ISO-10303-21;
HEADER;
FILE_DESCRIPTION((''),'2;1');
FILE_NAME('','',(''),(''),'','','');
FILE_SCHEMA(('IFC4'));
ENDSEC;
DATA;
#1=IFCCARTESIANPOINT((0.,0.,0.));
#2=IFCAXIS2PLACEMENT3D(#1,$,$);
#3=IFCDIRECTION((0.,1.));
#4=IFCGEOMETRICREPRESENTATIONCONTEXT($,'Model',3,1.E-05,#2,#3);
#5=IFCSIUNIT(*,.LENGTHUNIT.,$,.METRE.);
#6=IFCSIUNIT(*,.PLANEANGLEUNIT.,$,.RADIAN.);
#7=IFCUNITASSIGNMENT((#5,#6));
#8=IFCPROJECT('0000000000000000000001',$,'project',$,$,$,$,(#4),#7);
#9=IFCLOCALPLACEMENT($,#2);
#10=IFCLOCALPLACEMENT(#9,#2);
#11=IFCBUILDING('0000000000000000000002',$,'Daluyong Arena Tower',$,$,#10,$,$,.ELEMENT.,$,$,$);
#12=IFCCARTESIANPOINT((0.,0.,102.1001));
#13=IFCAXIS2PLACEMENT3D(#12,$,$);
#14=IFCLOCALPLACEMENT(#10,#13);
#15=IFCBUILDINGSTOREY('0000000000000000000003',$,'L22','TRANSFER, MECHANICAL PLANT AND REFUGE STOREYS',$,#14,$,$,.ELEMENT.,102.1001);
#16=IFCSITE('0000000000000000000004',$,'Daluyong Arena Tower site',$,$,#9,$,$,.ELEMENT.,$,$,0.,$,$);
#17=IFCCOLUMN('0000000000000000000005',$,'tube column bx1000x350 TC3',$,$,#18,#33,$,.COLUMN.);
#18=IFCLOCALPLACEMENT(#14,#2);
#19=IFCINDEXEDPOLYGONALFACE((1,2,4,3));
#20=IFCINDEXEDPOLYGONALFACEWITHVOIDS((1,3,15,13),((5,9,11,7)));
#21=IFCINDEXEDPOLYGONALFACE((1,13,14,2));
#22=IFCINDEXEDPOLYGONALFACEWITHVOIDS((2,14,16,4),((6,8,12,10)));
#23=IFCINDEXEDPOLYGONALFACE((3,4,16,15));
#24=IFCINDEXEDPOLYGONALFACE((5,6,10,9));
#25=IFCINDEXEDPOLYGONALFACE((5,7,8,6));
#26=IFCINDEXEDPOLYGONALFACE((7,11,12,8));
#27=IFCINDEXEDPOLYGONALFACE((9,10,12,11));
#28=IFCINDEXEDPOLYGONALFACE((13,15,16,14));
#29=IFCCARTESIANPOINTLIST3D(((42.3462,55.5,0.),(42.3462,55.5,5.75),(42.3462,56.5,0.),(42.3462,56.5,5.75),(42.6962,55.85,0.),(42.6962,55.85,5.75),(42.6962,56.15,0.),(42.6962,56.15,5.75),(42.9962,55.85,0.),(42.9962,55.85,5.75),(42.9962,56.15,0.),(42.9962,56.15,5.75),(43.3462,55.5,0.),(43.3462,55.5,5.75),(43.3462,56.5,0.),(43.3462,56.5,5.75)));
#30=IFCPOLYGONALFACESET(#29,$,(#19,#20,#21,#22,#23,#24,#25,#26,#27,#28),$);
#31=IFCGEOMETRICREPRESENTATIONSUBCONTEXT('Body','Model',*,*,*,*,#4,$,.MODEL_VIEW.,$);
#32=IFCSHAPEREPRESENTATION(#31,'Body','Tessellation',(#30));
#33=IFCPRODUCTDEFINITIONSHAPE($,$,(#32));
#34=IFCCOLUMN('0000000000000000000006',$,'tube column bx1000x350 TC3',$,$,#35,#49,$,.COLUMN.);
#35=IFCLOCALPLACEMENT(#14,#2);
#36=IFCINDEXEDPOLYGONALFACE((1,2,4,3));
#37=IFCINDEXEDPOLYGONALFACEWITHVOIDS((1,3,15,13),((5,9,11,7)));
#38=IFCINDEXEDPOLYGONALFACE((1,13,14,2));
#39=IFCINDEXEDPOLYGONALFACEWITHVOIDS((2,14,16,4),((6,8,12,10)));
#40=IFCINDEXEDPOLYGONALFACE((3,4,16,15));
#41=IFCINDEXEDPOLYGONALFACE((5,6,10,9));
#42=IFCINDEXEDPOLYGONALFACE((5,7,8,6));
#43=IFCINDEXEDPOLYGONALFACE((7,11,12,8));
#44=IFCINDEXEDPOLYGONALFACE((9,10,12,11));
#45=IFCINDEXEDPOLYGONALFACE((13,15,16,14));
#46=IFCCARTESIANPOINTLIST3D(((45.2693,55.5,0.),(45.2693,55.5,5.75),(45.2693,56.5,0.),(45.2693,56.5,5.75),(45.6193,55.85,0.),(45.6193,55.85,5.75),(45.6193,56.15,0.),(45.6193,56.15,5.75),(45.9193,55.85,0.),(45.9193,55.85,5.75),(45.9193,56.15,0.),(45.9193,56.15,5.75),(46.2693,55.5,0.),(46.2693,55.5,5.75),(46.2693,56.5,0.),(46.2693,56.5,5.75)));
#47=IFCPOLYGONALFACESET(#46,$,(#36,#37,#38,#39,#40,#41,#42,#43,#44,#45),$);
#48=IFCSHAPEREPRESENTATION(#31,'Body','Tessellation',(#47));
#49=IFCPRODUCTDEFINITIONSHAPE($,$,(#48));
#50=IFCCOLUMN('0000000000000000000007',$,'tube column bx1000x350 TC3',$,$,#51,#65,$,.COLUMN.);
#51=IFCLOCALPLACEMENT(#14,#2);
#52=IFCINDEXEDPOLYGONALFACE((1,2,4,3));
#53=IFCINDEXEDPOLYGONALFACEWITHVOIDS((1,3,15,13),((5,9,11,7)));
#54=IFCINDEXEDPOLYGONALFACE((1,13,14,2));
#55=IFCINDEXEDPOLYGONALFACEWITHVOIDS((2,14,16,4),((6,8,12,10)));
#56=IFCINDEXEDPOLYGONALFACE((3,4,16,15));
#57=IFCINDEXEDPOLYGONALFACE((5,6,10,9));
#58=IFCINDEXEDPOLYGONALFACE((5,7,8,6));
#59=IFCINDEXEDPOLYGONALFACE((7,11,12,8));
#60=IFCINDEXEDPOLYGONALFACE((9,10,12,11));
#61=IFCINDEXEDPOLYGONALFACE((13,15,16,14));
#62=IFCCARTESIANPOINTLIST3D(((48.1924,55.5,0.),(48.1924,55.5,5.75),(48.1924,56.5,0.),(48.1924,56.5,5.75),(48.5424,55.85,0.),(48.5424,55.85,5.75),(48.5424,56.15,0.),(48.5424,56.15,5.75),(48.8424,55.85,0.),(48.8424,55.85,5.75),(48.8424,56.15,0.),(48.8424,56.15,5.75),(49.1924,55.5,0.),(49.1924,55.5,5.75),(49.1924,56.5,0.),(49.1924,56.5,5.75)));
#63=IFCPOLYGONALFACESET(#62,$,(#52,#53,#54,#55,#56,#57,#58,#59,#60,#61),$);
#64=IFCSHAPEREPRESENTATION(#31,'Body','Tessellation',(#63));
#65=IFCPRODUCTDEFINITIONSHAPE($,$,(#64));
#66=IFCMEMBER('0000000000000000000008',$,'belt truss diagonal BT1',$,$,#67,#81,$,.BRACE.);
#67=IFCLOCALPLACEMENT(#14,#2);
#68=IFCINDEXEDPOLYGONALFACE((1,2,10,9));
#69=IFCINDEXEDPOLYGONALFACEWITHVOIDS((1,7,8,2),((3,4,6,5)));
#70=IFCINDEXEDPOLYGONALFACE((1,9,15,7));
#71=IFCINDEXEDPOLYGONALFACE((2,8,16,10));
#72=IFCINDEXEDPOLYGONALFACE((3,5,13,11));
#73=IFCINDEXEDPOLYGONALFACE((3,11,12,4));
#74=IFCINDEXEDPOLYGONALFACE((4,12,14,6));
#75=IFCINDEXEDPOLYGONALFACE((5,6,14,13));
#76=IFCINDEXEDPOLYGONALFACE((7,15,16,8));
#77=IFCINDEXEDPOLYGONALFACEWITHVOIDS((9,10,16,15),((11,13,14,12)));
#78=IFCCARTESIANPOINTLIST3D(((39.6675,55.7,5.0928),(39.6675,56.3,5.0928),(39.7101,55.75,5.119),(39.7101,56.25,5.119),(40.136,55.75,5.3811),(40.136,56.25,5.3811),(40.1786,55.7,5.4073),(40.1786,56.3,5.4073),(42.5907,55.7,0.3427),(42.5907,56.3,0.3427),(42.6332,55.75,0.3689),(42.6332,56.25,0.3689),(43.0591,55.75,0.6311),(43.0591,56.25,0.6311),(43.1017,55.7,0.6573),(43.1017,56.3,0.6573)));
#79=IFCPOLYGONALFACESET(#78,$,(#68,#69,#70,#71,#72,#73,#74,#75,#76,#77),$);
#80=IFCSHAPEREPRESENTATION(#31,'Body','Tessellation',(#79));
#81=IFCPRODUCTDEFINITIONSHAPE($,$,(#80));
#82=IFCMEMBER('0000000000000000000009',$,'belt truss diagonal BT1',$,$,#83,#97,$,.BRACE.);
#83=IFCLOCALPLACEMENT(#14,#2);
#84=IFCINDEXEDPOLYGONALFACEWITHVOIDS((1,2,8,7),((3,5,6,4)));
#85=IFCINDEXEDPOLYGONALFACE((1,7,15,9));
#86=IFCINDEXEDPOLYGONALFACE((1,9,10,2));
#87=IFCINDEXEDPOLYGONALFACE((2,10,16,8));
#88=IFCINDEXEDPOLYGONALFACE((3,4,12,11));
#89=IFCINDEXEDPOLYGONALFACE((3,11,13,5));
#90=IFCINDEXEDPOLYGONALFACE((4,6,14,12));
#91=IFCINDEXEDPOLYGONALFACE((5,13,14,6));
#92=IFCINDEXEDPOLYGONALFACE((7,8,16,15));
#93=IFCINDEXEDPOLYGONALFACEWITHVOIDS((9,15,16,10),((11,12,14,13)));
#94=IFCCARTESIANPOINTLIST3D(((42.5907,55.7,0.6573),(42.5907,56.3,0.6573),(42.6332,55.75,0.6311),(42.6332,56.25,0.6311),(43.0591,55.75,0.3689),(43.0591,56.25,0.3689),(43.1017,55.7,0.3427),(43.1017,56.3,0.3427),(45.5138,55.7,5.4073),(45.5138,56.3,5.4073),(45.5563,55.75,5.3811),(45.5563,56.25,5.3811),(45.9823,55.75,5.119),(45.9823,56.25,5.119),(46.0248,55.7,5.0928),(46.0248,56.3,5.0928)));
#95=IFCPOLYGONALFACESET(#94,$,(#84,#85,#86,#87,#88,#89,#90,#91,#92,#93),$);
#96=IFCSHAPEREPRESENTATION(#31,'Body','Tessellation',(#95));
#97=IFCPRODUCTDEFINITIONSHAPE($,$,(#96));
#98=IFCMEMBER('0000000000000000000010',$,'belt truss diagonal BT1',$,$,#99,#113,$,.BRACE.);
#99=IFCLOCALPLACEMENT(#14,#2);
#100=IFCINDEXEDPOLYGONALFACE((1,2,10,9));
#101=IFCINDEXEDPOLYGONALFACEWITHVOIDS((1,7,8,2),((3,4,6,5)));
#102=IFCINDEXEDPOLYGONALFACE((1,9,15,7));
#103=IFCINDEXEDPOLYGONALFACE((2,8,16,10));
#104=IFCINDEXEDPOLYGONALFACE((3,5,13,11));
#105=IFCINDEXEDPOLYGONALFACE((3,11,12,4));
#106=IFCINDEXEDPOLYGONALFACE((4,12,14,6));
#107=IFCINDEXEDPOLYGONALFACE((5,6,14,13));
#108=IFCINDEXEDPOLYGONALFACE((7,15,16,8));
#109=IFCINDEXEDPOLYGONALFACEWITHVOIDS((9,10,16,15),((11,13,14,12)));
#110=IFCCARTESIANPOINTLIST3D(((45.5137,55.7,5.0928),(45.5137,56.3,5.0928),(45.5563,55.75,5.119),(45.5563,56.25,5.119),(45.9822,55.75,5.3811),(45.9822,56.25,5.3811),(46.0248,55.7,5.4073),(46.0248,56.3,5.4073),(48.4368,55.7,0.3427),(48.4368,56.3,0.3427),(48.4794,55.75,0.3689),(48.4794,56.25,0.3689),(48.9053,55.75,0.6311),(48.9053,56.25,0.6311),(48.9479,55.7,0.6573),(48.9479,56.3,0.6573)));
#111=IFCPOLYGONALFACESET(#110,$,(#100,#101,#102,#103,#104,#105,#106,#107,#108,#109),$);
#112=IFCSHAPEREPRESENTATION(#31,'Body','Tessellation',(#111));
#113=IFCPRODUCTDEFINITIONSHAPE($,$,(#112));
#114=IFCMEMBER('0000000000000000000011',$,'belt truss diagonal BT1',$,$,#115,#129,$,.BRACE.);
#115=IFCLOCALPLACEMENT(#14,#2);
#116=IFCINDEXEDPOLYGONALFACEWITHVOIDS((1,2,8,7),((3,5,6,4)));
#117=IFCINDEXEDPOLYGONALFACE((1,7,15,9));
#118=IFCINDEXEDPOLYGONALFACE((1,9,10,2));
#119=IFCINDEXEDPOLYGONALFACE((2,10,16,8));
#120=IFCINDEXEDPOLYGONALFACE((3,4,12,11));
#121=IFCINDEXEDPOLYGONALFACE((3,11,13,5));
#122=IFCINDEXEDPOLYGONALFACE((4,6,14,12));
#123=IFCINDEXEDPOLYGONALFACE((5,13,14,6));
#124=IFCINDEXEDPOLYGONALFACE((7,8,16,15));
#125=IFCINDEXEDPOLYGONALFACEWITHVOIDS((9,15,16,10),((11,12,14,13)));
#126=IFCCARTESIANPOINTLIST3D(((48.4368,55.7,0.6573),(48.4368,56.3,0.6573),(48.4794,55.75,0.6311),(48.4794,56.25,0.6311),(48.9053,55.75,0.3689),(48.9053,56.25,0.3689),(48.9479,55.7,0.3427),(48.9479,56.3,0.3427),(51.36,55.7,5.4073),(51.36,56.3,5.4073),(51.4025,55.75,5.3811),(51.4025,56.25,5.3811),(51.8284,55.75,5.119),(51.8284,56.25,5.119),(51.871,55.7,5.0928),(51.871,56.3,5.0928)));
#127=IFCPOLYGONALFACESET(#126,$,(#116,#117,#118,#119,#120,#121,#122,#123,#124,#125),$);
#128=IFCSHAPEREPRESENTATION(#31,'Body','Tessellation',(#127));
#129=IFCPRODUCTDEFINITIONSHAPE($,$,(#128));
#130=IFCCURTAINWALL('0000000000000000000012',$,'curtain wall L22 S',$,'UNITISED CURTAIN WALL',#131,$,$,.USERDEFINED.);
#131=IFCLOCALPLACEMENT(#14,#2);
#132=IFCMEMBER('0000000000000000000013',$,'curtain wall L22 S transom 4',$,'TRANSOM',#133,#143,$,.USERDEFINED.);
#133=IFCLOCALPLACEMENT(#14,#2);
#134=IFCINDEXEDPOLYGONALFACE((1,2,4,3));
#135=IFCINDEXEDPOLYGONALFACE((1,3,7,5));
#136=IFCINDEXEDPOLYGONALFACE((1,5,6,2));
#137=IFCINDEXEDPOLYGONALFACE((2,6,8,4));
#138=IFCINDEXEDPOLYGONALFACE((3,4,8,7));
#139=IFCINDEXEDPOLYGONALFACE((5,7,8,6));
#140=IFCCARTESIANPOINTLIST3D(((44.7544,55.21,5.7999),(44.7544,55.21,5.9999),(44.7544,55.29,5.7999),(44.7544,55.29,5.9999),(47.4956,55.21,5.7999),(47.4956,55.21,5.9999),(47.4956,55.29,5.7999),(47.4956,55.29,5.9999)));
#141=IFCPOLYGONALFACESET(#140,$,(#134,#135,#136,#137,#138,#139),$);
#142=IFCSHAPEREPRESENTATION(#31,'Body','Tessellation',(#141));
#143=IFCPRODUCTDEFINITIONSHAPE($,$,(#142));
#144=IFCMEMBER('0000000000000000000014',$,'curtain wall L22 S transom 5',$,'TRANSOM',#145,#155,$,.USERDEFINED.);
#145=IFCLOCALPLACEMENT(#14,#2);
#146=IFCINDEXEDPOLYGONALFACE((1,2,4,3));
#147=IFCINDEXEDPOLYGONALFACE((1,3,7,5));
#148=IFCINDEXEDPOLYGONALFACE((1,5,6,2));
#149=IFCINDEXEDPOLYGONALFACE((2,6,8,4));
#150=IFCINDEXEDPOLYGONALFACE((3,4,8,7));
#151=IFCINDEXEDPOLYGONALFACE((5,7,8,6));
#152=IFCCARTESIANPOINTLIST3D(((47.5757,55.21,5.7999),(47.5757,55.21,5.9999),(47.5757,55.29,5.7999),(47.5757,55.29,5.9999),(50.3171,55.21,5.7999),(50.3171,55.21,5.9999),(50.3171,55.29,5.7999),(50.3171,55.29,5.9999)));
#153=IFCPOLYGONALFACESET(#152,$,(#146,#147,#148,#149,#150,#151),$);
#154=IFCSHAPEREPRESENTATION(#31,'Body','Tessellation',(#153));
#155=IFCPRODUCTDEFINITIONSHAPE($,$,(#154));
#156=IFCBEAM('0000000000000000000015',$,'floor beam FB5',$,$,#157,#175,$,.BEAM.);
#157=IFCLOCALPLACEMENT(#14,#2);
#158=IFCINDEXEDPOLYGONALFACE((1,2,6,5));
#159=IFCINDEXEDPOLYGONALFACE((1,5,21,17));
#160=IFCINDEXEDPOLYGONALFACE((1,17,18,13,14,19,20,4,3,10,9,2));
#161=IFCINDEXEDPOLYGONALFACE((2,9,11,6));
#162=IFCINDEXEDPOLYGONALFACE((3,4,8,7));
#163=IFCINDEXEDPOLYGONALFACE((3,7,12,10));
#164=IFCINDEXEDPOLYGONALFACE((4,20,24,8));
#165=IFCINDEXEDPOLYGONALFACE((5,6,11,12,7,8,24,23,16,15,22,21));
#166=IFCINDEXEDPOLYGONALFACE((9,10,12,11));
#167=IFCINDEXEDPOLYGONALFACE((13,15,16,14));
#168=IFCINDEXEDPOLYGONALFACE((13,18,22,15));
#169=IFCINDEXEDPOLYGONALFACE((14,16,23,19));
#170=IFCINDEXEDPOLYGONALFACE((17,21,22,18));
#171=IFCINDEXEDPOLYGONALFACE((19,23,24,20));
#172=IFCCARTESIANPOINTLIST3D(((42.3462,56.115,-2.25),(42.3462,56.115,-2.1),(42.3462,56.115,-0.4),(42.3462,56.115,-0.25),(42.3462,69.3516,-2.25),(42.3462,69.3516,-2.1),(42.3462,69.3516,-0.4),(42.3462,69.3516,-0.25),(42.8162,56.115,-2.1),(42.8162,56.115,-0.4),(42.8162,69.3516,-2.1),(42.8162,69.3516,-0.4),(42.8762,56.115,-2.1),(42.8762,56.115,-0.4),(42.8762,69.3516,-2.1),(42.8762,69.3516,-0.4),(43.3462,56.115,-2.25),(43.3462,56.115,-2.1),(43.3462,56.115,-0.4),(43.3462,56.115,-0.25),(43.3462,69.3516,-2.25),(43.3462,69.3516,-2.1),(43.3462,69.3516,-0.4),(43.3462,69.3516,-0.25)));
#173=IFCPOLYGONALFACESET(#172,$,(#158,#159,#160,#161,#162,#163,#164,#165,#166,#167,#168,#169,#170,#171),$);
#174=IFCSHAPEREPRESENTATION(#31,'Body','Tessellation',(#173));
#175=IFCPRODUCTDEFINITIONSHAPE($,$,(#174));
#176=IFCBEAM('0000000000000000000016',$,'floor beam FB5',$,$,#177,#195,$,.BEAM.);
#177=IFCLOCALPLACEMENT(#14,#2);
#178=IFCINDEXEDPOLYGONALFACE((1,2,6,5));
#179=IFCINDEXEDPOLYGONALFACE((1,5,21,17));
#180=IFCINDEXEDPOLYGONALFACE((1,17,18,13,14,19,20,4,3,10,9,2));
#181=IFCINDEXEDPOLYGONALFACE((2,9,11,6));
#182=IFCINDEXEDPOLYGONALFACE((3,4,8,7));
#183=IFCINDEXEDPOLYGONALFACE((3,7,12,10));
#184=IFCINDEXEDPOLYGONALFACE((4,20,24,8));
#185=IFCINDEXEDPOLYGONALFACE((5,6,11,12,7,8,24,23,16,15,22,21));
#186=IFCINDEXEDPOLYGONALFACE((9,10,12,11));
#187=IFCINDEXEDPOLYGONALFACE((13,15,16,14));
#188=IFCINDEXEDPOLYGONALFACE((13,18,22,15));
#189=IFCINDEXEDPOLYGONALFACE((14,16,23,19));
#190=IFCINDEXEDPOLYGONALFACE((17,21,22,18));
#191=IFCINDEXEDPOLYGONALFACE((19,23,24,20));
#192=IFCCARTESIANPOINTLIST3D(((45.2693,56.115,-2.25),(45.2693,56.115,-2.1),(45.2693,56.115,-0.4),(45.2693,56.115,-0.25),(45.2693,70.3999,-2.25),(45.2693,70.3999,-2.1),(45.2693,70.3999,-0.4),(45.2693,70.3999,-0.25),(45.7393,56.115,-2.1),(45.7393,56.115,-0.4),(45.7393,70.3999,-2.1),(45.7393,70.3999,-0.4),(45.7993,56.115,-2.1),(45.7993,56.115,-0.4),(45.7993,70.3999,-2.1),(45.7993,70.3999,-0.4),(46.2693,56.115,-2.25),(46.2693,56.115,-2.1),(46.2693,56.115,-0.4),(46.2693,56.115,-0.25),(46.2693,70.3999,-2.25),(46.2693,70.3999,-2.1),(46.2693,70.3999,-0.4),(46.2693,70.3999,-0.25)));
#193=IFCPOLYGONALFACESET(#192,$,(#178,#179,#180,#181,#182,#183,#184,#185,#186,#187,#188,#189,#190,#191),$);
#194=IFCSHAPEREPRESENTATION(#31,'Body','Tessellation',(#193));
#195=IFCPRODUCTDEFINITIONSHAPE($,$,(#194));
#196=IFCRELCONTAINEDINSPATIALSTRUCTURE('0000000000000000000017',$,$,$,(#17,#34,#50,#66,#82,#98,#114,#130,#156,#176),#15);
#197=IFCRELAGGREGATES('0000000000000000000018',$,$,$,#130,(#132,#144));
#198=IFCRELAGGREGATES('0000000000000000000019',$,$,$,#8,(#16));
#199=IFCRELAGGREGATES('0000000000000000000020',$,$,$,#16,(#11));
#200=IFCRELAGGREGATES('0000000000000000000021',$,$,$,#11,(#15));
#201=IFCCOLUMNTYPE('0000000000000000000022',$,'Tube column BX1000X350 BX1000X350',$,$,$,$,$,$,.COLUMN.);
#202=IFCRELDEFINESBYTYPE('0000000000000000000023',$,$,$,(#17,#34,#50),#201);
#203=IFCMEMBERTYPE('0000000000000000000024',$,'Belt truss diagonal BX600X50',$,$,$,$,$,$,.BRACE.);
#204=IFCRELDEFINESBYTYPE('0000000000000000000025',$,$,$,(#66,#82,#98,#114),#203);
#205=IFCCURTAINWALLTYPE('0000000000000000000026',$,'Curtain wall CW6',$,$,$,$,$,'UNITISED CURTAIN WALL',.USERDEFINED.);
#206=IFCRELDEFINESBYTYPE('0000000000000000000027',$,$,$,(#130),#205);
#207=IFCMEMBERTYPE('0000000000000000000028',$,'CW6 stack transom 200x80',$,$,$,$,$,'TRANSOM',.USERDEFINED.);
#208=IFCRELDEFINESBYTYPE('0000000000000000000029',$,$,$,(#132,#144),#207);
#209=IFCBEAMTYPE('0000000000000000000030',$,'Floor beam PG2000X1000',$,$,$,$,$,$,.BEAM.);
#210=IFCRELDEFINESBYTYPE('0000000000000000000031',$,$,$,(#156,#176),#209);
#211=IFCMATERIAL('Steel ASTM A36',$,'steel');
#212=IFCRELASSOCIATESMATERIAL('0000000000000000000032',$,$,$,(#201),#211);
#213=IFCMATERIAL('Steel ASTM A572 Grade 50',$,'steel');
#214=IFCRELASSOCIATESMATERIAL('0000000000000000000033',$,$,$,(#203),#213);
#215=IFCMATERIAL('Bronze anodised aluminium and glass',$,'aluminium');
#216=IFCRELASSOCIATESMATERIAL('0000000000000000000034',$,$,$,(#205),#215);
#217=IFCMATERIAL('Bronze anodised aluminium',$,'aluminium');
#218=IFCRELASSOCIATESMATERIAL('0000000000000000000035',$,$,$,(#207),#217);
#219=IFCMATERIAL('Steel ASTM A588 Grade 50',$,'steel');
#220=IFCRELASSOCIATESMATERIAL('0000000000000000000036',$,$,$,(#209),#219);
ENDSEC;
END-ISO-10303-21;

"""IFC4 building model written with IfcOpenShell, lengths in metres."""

from ifc_helpers import new_model, si_unit, direction, frame, origin, origin_2d, place, context, subcontext, project, spatial, rectangle, hollow_rectangle, i_section, extrude, material, material_profile, profile_set, type_object, element, aggregate, save


model = new_model("IFC4")

# Units and contexts
model_context = context("Model", 3, precision=1e-05, world=origin(), true_north=direction((0.0, 1.0)))
body_context = subcontext(model_context, "Body", "Model", "MODEL_VIEW")
ifc_project = project(units=[si_unit("LENGTHUNIT", "METRE"), si_unit("PLANEANGLEUNIT", "RADIAN")], contexts=[model_context])

# Site, building, storey
site_placement = place(None, origin())
site = spatial("IfcSite", under=ifc_project, at=site_placement, Name="Daluyong Arena Tower site", CompositionType="ELEMENT", RefElevation=0.0)
building_placement = place(site_placement, origin())
building = spatial("IfcBuilding", under=site, at=building_placement, Name="Daluyong Arena Tower", CompositionType="ELEMENT")
storey_placement = place(building_placement, frame((0.0, 0.0, 102.1001)))
storey = spatial("IfcBuildingStorey", under=building, at=storey_placement, Name="L22", Description="TRANSFER, MECHANICAL PLANT AND REFUGE STOREYS", CompositionType="ELEMENT", Elevation=102.1001)

# Columns
ifc_material_1 = material(Name="Steel ASTM A36", Category="steel")
ifc_material_profile_1 = material_profile(ifc_material_1, hollow_rectangle(XDim=1.0, YDim=1.0, WallThickness=0.35, at=origin_2d()))
ifc_profile_set_1 = profile_set([ifc_material_profile_1], Name="Steel ASTM A36")
column_type = type_object("IfcColumnType", Name="Tube column BX1000X350 BX1000X350", PredefinedType="COLUMN", material=ifc_profile_set_1)
for number, where, z_axis, x_axis, name in (
    (1, (42.8462, 56.0, 0.0), (0.0, 0.0, 1.0), (1.0, 0.0, 0.0), "tube column bx1000x350 TC3"),
    (2, (45.7693, 56.0, 0.0), (0.0, 0.0, 1.0), (1.0, 0.0, 0.0), "tube column bx1000x350 TC3"),
    (3, (48.6924, 56.0, 0.0), (0.0, 0.0, 1.0), (1.0, 0.0, 0.0), "tube column bx1000x350 TC3"),
):
    element("IfcColumn", number, at=place(storey_placement, frame(where, z_axis=z_axis, x_axis=x_axis)), inside=storey, type_object=column_type, Name=name, PredefinedType="COLUMN", context=body_context, shape_type="SweptSolid", body=[
        extrude(hollow_rectangle(XDim=1.0, YDim=1.0, WallThickness=0.35, at=origin_2d()), origin(), (0.0, 0.0, 1.0), 5.75),
    ])

# Members
ifc_material_2 = material(Name="Steel ASTM A572 Grade 50", Category="steel")
ifc_material_profile_2 = material_profile(ifc_material_2, hollow_rectangle(XDim=0.6001, YDim=0.6001, WallThickness=0.05, at=origin_2d()))
ifc_profile_set_2 = profile_set([ifc_material_profile_2], Name="Steel ASTM A572 Grade 50")
member_type_1 = type_object("IfcMemberType", Name="Belt truss diagonal BX600X50", PredefinedType="BRACE", material=ifc_profile_set_2)
for number, where, z_axis, x_axis, name in (
    (4, (42.8462, 56.0, 0.5), (-0.5241, 0.0, 0.851657), (0.0, -1.0, 0.0), "belt truss diagonal BT1"),
    (5, (42.8462, 56.0, 0.5), (0.5241, 0.0, 0.851657), (0.0, 1.0, 0.0), "belt truss diagonal BT1"),
    (6, (48.6924, 56.0, 0.5), (-0.5241, 0.0, 0.851657), (0.0, -1.0, 0.0), "belt truss diagonal BT1"),
    (7, (48.6924, 56.0, 0.5), (0.5241, 0.0, 0.851657), (0.0, 1.0, 0.0), "belt truss diagonal BT1"),
):
    element("IfcMember", number, at=place(storey_placement, frame(where, z_axis=z_axis, x_axis=x_axis)), inside=storey, type_object=member_type_1, Name=name, PredefinedType="BRACE", context=body_context, shape_type="SweptSolid", body=[
        extrude(hollow_rectangle(XDim=0.6001, YDim=0.6001, WallThickness=0.05, at=origin_2d()), origin(), (0.0, 0.0, 1.0), 5.5774),
    ])

# Curtain wall, members
ifc_material_3 = material(Name="Bronze anodised aluminium and glass", Category="aluminium")
curtain_wall_type = type_object("IfcCurtainWallType", Name="Curtain wall CW6", ElementType="UNITISED CURTAIN WALL", PredefinedType="USERDEFINED", material=ifc_material_3)
curtain_wall_placement = place(storey_placement, origin())
curtain_wall = element("IfcCurtainWall", 8, at=curtain_wall_placement, inside=storey, type_object=curtain_wall_type, Name="curtain wall L22 S", ObjectType="UNITISED CURTAIN WALL", PredefinedType="USERDEFINED")
ifc_material_4 = material(Name="Bronze anodised aluminium", Category="aluminium")
ifc_material_profile_3 = material_profile(ifc_material_4, rectangle(XDim=0.0801, YDim=0.2, at=origin_2d()))
ifc_profile_set_3 = profile_set([ifc_material_profile_3], Name="Bronze anodised aluminium")
member_type_2 = type_object("IfcMemberType", Name="CW6 stack transom 200x80", ElementType="TRANSOM", PredefinedType="USERDEFINED", material=ifc_profile_set_3)
member_1_placement = place(storey_placement, frame((44.7544, 55.25, 5.8999), z_axis=(1.0, 0.0, 0.0), x_axis=(0.0, 1.0, 0.0)))
member_1 = element("IfcMember", 9, at=member_1_placement, type_object=member_type_2, Name="curtain wall L22 S transom 4", ObjectType="TRANSOM", PredefinedType="USERDEFINED", context=body_context, shape_type="SweptSolid", body=[
    extrude(rectangle(XDim=0.0801, YDim=0.2, at=origin_2d()), origin(), (0.0, 0.0, 1.0), 2.7412),
])
member_2_placement = place(storey_placement, frame((47.5757, 55.25, 5.8999), z_axis=(1.0, 0.0, 0.0), x_axis=(0.0, 1.0, 0.0)))
member_2 = element("IfcMember", 10, at=member_2_placement, type_object=member_type_2, Name="curtain wall L22 S transom 5", ObjectType="TRANSOM", PredefinedType="USERDEFINED", context=body_context, shape_type="SweptSolid", body=[
    extrude(rectangle(XDim=0.0801, YDim=0.2, at=origin_2d()), origin(), (0.0, 0.0, 1.0), 2.7415),
])

# Beams
ifc_material_5 = material(Name="Steel ASTM A588 Grade 50", Category="steel")
ifc_material_profile_4 = material_profile(ifc_material_5, i_section(OverallWidth=1.0, OverallDepth=2.0, WebThickness=0.06, FlangeThickness=0.15, at=origin_2d()))
ifc_profile_set_4 = profile_set([ifc_material_profile_4], Name="Steel ASTM A588 Grade 50")
beam_type_1 = type_object("IfcBeamType", Name="Floor beam PG2000X1000", PredefinedType="BEAM", material=ifc_profile_set_4)
beam_placement = place(storey_placement, frame((42.8462, 56.115, -1.25), z_axis=(0.0, 1.0, 0.0), x_axis=(-1.0, 0.0, 0.0)))
element("IfcBeam", 11, at=beam_placement, inside=storey, type_object=beam_type_1, Name="floor beam FB5", PredefinedType="BEAM", context=body_context, shape_type="SweptSolid", body=[
    extrude(i_section(OverallWidth=1.0, OverallDepth=2.0, WebThickness=0.06, FlangeThickness=0.15, at=origin_2d()), origin(), (0.0, 0.0, 1.0), 13.2366),
])
for number, where, z_axis, x_axis, name in (
    (12, (45.7693, 56.115, -1.25), (0.0, 1.0, 0.0), (-1.0, 0.0, 0.0), "floor beam FB5"),
):
    element("IfcBeam", number, at=place(storey_placement, frame(where, z_axis=z_axis, x_axis=x_axis)), inside=storey, type_object=beam_type_1, Name=name, PredefinedType="BEAM", context=body_context, shape_type="SweptSolid", body=[
        extrude(i_section(OverallWidth=1.0, OverallDepth=2.0, WebThickness=0.06, FlangeThickness=0.15, at=origin_2d()), origin(), (0.0, 0.0, 1.0), 14.2849),
    ])

aggregate(curtain_wall, [member_1, member_2])

save(model, "model.ifc")
